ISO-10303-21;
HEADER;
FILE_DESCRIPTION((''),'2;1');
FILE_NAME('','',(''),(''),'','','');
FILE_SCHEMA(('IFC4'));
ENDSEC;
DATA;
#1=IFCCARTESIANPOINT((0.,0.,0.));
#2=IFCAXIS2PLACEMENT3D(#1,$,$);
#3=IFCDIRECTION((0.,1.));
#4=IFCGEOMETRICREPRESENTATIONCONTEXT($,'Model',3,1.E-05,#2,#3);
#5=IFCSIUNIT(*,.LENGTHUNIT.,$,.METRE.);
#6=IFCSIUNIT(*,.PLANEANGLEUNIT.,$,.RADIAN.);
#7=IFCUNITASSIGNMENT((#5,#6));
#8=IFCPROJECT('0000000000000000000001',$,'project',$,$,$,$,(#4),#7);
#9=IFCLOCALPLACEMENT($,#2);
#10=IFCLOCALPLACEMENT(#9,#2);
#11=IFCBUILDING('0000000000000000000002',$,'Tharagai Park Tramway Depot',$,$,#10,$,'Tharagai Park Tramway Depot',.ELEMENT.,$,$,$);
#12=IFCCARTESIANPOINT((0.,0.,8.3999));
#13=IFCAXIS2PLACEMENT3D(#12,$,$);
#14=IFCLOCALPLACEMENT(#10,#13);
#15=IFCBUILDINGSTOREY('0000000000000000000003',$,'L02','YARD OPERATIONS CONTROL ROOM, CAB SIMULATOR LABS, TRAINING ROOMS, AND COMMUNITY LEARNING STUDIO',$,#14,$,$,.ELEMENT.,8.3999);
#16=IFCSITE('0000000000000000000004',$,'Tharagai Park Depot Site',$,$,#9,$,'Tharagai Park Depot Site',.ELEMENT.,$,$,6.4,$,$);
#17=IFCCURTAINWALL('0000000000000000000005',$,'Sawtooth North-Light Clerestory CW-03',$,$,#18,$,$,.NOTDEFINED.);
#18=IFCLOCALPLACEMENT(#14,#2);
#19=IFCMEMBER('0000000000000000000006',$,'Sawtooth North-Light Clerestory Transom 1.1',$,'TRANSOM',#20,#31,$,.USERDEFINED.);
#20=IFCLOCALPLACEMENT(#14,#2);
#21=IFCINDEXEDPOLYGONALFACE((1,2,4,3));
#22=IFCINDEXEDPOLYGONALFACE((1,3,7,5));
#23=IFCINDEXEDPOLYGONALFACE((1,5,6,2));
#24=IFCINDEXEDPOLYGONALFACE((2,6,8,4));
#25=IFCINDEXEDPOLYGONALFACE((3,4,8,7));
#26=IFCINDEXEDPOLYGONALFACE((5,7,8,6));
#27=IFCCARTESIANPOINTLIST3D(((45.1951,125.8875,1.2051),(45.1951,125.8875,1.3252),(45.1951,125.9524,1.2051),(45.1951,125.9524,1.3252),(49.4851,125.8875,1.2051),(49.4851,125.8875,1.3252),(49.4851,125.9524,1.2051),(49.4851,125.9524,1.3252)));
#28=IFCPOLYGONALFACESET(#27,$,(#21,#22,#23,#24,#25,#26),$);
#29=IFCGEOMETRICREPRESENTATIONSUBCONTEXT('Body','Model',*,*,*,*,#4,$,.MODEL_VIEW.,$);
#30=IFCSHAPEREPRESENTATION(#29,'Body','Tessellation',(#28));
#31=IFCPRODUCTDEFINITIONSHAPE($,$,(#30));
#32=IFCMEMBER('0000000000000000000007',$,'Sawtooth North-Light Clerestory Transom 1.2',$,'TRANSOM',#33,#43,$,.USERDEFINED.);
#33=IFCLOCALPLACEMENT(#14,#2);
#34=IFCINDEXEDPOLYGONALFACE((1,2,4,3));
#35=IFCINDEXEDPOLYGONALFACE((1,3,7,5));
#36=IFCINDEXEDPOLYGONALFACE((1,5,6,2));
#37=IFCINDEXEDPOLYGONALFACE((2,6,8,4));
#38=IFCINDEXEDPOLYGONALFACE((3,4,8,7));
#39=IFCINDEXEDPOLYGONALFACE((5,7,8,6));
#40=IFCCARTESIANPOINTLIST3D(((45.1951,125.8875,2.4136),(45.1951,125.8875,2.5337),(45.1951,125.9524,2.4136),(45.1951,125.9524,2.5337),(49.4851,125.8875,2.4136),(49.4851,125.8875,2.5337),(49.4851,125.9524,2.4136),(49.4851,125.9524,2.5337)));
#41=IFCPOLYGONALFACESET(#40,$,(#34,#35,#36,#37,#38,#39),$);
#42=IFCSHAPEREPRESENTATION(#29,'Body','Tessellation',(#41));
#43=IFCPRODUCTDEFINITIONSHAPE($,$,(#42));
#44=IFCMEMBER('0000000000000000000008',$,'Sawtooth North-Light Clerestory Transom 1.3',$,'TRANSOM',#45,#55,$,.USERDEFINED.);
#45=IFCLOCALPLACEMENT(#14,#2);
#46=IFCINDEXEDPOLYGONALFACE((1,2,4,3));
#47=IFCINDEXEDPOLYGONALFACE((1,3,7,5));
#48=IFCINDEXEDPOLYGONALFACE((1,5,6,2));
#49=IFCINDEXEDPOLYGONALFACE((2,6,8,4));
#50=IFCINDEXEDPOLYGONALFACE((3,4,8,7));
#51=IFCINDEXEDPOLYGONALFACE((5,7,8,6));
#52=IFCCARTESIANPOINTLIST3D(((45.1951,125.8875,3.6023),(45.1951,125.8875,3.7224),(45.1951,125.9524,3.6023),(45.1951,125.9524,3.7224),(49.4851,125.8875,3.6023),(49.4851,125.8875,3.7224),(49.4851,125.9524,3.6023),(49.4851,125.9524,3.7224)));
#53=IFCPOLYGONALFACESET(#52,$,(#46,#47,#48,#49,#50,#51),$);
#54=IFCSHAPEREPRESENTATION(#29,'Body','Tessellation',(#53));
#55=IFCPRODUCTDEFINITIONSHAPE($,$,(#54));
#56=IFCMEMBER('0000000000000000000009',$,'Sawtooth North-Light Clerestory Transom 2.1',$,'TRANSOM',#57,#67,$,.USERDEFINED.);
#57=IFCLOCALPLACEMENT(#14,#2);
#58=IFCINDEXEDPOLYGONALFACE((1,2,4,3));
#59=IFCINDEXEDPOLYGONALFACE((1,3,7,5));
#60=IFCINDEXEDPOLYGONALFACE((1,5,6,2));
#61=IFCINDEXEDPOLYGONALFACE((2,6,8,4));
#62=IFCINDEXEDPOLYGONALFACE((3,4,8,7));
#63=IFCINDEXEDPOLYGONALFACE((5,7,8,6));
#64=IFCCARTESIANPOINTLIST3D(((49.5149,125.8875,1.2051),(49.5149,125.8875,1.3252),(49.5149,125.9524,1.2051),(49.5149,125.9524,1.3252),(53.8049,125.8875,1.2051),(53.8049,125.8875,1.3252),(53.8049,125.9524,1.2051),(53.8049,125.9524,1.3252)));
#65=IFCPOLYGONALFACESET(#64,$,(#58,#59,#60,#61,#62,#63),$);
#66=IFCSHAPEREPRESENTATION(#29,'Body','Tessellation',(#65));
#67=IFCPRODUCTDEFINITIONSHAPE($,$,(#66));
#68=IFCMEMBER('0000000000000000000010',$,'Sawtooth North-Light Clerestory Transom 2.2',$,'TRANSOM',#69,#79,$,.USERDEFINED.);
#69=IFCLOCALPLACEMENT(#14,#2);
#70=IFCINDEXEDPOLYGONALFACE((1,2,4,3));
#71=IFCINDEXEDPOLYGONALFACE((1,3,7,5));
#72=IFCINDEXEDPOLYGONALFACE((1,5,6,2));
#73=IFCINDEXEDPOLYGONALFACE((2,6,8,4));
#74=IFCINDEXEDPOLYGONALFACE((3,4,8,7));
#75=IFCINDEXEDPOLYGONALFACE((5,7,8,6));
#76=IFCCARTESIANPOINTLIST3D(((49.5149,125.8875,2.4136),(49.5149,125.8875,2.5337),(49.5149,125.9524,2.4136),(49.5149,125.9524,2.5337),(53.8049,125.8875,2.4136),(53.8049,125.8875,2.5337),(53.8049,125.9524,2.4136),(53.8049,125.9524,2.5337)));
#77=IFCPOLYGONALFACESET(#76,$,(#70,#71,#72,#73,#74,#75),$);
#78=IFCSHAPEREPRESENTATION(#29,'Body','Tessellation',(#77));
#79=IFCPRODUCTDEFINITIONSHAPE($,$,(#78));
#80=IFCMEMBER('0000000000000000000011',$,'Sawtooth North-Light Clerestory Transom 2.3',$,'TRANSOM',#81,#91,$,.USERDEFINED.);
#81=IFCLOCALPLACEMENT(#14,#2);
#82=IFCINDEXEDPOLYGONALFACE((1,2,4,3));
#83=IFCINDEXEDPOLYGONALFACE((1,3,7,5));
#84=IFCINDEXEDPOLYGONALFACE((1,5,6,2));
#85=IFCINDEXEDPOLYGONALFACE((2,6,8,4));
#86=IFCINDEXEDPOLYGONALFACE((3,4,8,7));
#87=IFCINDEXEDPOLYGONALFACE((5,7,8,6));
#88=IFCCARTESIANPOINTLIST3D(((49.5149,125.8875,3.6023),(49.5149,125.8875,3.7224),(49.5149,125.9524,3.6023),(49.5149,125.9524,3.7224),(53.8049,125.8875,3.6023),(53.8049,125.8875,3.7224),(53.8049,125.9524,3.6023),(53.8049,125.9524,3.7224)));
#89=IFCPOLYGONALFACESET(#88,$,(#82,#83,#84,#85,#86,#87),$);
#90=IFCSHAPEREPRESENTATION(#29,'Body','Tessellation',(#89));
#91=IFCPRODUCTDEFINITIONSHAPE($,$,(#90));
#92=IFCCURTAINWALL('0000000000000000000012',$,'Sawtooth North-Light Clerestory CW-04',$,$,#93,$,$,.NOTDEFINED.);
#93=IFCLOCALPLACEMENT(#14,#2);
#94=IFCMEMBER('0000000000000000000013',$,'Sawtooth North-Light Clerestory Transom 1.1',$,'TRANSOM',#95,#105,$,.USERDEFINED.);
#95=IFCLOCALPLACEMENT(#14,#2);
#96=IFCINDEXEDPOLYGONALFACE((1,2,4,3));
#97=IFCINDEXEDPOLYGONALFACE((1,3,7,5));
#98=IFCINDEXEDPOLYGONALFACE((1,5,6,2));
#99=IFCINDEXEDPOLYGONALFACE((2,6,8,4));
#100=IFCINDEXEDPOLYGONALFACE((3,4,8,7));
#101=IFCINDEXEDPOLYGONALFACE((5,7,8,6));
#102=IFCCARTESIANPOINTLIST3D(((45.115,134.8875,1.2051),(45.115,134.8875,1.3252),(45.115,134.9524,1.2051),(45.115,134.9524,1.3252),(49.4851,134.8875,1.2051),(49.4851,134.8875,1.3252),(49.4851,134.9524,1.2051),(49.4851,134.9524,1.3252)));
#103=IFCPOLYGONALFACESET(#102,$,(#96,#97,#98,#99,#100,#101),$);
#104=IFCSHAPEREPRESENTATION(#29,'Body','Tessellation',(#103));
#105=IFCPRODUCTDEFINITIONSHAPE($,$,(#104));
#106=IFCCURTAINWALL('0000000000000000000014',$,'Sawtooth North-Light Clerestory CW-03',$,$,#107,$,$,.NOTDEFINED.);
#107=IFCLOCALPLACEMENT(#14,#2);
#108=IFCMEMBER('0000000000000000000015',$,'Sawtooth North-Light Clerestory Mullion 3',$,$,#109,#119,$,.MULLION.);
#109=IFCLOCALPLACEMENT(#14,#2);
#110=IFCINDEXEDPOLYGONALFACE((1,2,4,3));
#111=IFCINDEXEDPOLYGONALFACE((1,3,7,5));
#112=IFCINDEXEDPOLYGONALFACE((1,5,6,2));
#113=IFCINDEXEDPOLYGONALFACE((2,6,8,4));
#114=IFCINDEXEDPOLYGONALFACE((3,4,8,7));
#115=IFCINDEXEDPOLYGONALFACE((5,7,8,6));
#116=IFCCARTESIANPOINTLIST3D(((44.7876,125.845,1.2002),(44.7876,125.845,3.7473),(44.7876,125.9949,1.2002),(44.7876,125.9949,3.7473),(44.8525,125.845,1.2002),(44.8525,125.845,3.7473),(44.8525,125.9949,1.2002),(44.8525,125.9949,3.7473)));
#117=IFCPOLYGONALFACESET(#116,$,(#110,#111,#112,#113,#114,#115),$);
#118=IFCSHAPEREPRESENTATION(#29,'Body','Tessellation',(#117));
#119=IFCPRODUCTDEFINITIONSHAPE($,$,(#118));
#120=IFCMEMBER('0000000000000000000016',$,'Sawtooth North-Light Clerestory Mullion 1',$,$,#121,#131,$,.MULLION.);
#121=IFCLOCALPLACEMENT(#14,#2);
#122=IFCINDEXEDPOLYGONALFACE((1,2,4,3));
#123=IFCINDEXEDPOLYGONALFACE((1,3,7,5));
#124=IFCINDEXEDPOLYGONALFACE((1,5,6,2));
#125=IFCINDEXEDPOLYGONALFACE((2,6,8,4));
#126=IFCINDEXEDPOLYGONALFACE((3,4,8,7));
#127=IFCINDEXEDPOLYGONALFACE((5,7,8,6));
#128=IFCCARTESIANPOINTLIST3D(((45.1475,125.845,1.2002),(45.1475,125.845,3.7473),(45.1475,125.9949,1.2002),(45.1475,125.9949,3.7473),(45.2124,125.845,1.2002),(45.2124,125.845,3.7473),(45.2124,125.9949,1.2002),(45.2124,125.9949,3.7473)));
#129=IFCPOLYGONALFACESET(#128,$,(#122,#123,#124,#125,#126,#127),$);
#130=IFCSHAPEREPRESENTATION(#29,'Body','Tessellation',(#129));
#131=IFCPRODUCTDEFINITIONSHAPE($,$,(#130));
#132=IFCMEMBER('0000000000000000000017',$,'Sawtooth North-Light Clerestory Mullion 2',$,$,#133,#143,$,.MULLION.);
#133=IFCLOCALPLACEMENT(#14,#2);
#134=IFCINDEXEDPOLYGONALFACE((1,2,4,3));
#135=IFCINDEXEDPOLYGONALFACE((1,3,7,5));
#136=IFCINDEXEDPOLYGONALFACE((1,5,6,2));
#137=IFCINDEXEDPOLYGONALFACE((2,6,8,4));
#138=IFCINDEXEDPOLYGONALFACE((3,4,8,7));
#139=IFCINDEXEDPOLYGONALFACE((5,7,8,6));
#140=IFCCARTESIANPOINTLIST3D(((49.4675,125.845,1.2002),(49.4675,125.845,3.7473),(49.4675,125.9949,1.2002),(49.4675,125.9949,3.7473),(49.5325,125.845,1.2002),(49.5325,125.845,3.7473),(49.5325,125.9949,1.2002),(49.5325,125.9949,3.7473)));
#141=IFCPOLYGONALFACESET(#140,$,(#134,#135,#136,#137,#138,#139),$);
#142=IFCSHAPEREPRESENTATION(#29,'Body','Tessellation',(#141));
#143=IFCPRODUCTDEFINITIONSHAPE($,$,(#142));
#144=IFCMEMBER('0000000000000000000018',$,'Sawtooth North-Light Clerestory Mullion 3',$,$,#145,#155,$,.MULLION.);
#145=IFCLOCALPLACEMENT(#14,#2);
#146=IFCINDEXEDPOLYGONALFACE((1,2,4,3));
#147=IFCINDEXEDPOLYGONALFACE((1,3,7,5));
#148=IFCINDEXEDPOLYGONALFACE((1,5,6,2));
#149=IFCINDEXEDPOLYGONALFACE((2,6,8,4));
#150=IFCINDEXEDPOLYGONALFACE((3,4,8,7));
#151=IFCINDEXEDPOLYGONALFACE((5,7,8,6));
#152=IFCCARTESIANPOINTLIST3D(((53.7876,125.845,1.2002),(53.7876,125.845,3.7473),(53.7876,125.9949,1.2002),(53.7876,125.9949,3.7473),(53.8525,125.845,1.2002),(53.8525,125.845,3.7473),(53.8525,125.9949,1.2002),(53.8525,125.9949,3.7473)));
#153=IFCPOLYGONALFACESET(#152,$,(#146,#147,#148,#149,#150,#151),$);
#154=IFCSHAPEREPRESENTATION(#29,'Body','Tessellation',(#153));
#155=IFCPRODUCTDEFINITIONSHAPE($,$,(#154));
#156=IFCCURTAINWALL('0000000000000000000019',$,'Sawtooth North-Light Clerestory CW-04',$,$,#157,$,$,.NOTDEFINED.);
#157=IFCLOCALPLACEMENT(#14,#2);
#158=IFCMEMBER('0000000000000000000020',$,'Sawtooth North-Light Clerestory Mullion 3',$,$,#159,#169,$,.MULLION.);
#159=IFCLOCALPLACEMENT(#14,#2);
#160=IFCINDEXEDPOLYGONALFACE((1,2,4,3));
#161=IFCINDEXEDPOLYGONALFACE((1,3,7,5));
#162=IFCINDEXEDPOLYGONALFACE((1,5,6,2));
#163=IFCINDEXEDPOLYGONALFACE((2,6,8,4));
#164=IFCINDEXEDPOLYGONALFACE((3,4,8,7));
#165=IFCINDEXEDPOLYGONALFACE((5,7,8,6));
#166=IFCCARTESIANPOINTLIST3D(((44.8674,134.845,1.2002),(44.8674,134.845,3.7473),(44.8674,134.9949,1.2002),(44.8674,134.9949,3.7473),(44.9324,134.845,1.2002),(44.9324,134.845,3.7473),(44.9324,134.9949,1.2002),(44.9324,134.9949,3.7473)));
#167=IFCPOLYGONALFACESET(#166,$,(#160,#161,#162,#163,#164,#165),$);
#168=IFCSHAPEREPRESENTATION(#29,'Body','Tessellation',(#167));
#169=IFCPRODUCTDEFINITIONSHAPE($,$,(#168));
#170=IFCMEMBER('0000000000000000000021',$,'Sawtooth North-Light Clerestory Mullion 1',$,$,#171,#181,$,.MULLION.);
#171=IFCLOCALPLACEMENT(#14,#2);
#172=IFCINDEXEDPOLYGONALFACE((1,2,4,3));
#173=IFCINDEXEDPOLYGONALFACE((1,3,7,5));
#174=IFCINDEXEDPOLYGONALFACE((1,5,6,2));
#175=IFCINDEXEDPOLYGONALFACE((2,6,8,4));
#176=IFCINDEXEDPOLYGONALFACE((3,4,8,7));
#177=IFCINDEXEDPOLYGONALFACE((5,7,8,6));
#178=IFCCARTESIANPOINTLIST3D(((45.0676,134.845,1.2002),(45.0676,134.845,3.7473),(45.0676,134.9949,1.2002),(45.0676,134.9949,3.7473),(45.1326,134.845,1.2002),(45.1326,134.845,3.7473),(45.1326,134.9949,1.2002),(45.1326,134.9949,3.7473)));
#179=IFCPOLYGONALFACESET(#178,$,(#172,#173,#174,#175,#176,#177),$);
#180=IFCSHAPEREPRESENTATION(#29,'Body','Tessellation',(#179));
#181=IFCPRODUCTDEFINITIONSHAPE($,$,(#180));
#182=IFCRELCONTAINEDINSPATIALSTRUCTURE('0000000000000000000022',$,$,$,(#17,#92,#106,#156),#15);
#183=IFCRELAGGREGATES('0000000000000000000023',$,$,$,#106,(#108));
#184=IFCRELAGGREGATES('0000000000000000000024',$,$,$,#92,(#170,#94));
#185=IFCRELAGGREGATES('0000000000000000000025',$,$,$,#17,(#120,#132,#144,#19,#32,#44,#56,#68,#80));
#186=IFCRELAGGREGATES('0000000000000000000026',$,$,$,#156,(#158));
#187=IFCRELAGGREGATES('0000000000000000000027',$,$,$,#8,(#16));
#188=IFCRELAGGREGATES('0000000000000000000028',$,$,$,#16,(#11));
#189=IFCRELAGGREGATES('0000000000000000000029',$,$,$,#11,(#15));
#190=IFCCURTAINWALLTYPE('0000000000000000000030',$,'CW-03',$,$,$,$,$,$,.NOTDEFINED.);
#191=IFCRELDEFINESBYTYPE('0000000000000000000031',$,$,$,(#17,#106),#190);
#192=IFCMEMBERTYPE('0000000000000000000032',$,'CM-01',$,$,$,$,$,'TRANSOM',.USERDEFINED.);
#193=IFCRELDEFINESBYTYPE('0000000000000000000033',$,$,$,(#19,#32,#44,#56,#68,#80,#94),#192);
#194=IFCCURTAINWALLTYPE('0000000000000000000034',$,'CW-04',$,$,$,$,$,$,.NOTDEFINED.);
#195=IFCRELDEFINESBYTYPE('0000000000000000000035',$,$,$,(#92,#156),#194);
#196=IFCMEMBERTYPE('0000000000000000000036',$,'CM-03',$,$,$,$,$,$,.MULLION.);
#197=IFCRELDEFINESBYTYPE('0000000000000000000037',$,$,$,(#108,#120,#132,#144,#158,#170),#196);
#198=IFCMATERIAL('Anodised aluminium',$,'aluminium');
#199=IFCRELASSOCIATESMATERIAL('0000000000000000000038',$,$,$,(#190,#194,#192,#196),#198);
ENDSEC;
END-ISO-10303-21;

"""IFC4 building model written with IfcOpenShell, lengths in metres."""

from ifc_helpers import new_model, si_unit, direction, frame, origin, origin_2d, place, context, subcontext, project, spatial, rectangle, extrude, material, material_profile, profile_set, type_object, element, aggregate, save


model = new_model("IFC4")

# Units and contexts
model_context = context("Model", 3, precision=1e-05, world=origin(), true_north=direction((0.0, 1.0)))
body_context = subcontext(model_context, "Body", "Model", "MODEL_VIEW")
ifc_project = project(units=[si_unit("LENGTHUNIT", "METRE"), si_unit("PLANEANGLEUNIT", "RADIAN")], contexts=[model_context])

# Site, building, storey
site_placement = place(None, origin())
site = spatial("IfcSite", under=ifc_project, at=site_placement, Name="Tharagai Park Depot Site", LongName="Tharagai Park Depot Site", CompositionType="ELEMENT", RefElevation=6.4)
building_placement = place(site_placement, origin())
building = spatial("IfcBuilding", under=site, at=building_placement, Name="Tharagai Park Tramway Depot", LongName="Tharagai Park Tramway Depot", CompositionType="ELEMENT")
storey_placement = place(building_placement, frame((0.0, 0.0, 8.3999)))
storey = spatial("IfcBuildingStorey", under=building, at=storey_placement, Name="L02", Description="YARD OPERATIONS CONTROL ROOM, CAB SIMULATOR LABS, TRAINING ROOMS, AND COMMUNITY LEARNING STUDIO", CompositionType="ELEMENT", Elevation=8.3999)

# Curtain wall, members
ifc_material_1 = material(Name="Anodised aluminium", Category="aluminium")
curtain_wall_type_1 = type_object("IfcCurtainWallType", Name="CW-03", PredefinedType="NOTDEFINED", material=ifc_material_1)
curtain_wall_1_placement = place(storey_placement, origin())
curtain_wall_1 = element("IfcCurtainWall", 1, at=curtain_wall_1_placement, inside=storey, type_object=curtain_wall_type_1, Name="Sawtooth North-Light Clerestory CW-03", PredefinedType="NOTDEFINED")
ifc_material_profile_1 = material_profile(ifc_material_1, rectangle(XDim=0.0649, YDim=0.1201, at=origin_2d()), Name="ALU 65x120")
ifc_profile_set_1 = profile_set([ifc_material_profile_1], Name="Anodised aluminium")
member_type_1 = type_object("IfcMemberType", Name="CM-01", ElementType="TRANSOM", PredefinedType="USERDEFINED", material=ifc_profile_set_1)
member_1_placement = place(storey_placement, frame((45.1951, 125.9199, 1.2651), z_axis=(1.0, 0.0, 0.0), x_axis=(0.0, 1.0, 0.0)))
member_1 = element("IfcMember", 2, at=member_1_placement, type_object=member_type_1, Name="Sawtooth North-Light Clerestory Transom 1.1", ObjectType="TRANSOM", PredefinedType="USERDEFINED", context=body_context, shape_type="SweptSolid", body=[
    extrude(rectangle(XDim=0.0649, YDim=0.1201, at=origin_2d()), origin(), (0.0, 0.0, 1.0), 4.29),
])
member_2_placement = place(storey_placement, frame((45.1951, 125.9199, 2.4736), z_axis=(1.0, 0.0, 0.0), x_axis=(0.0, 1.0, 0.0)))
member_2 = element("IfcMember", 3, at=member_2_placement, type_object=member_type_1, Name="Sawtooth North-Light Clerestory Transom 1.2", ObjectType="TRANSOM", PredefinedType="USERDEFINED", context=body_context, shape_type="SweptSolid", body=[
    extrude(rectangle(XDim=0.0649, YDim=0.1201, at=origin_2d()), origin(), (0.0, 0.0, 1.0), 4.29),
])
member_3_placement = place(storey_placement, frame((45.1951, 125.9199, 3.6624), z_axis=(1.0, 0.0, 0.0), x_axis=(0.0, 1.0, 0.0)))
member_3 = element("IfcMember", 4, at=member_3_placement, type_object=member_type_1, Name="Sawtooth North-Light Clerestory Transom 1.3", ObjectType="TRANSOM", PredefinedType="USERDEFINED", context=body_context, shape_type="SweptSolid", body=[
    extrude(rectangle(XDim=0.0649, YDim=0.1201, at=origin_2d()), origin(), (0.0, 0.0, 1.0), 4.29),
])
member_4_placement = place(storey_placement, frame((49.5149, 125.9199, 1.2651), z_axis=(1.0, 0.0, 0.0), x_axis=(0.0, 1.0, 0.0)))
member_4 = element("IfcMember", 5, at=member_4_placement, type_object=member_type_1, Name="Sawtooth North-Light Clerestory Transom 2.1", ObjectType="TRANSOM", PredefinedType="USERDEFINED", context=body_context, shape_type="SweptSolid", body=[
    extrude(rectangle(XDim=0.0649, YDim=0.1201, at=origin_2d()), origin(), (0.0, 0.0, 1.0), 4.29),
])
member_5_placement = place(storey_placement, frame((49.5149, 125.9199, 2.4736), z_axis=(1.0, 0.0, 0.0), x_axis=(0.0, 1.0, 0.0)))
member_5 = element("IfcMember", 6, at=member_5_placement, type_object=member_type_1, Name="Sawtooth North-Light Clerestory Transom 2.2", ObjectType="TRANSOM", PredefinedType="USERDEFINED", context=body_context, shape_type="SweptSolid", body=[
    extrude(rectangle(XDim=0.0649, YDim=0.1201, at=origin_2d()), origin(), (0.0, 0.0, 1.0), 4.29),
])
member_6_placement = place(storey_placement, frame((49.5149, 125.9199, 3.6624), z_axis=(1.0, 0.0, 0.0), x_axis=(0.0, 1.0, 0.0)))
member_6 = element("IfcMember", 7, at=member_6_placement, type_object=member_type_1, Name="Sawtooth North-Light Clerestory Transom 2.3", ObjectType="TRANSOM", PredefinedType="USERDEFINED", context=body_context, shape_type="SweptSolid", body=[
    extrude(rectangle(XDim=0.0649, YDim=0.1201, at=origin_2d()), origin(), (0.0, 0.0, 1.0), 4.29),
])

# Curtain walls, members
curtain_wall_type_2 = type_object("IfcCurtainWallType", Name="CW-04", PredefinedType="NOTDEFINED", material=ifc_material_1)
curtain_wall_2_placement = place(storey_placement, origin())
curtain_wall_2 = element("IfcCurtainWall", 8, at=curtain_wall_2_placement, inside=storey, type_object=curtain_wall_type_2, Name="Sawtooth North-Light Clerestory CW-04", PredefinedType="NOTDEFINED")
member_7_placement = place(storey_placement, frame((45.115, 134.9199, 1.2651), z_axis=(1.0, 0.0, 0.0), x_axis=(0.0, 1.0, 0.0)))
member_7 = element("IfcMember", 9, at=member_7_placement, type_object=member_type_1, Name="Sawtooth North-Light Clerestory Transom 1.1", ObjectType="TRANSOM", PredefinedType="USERDEFINED", context=body_context, shape_type="SweptSolid", body=[
    extrude(rectangle(XDim=0.0649, YDim=0.1201, at=origin_2d()), origin(), (0.0, 0.0, 1.0), 4.3701),
])
curtain_wall_3_placement = place(storey_placement, origin())
curtain_wall_3 = element("IfcCurtainWall", 10, at=curtain_wall_3_placement, inside=storey, type_object=curtain_wall_type_1, Name="Sawtooth North-Light Clerestory CW-03", PredefinedType="NOTDEFINED")
ifc_material_profile_2 = material_profile(ifc_material_1, rectangle(XDim=0.0649, YDim=0.1499, at=origin_2d()), Name="ALU 65x150")
ifc_profile_set_2 = profile_set([ifc_material_profile_2], Name="Anodised aluminium")
member_type_2 = type_object("IfcMemberType", Name="CM-03", PredefinedType="MULLION", material=ifc_profile_set_2)
member_8_placement = place(storey_placement, frame((44.8201, 125.9199, 1.2002), z_axis=(0.0, 0.0, 1.0), x_axis=(1.0, 0.0, 0.0)))
member_8 = element("IfcMember", 11, at=member_8_placement, type_object=member_type_2, Name="Sawtooth North-Light Clerestory Mullion 3", PredefinedType="MULLION", context=body_context, shape_type="SweptSolid", body=[
    extrude(rectangle(XDim=0.0649, YDim=0.1499, at=origin_2d()), origin(), (0.0, 0.0, 1.0), 2.5471),
])
aggregate(curtain_wall_3, [member_8])

# Members
member_9_placement = place(storey_placement, frame((45.1799, 125.9199, 1.2002), z_axis=(0.0, 0.0, 1.0), x_axis=(1.0, 0.0, 0.0)))
member_9 = element("IfcMember", 12, at=member_9_placement, type_object=member_type_2, Name="Sawtooth North-Light Clerestory Mullion 1", PredefinedType="MULLION", context=body_context, shape_type="SweptSolid", body=[
    extrude(rectangle(XDim=0.0649, YDim=0.1499, at=origin_2d()), origin(), (0.0, 0.0, 1.0), 2.5471),
])
member_10_placement = place(storey_placement, frame((49.5, 125.9199, 1.2002), z_axis=(0.0, 0.0, 1.0), x_axis=(1.0, 0.0, 0.0)))
member_10 = element("IfcMember", 13, at=member_10_placement, type_object=member_type_2, Name="Sawtooth North-Light Clerestory Mullion 2", PredefinedType="MULLION", context=body_context, shape_type="SweptSolid", body=[
    extrude(rectangle(XDim=0.0649, YDim=0.1499, at=origin_2d()), origin(), (0.0, 0.0, 1.0), 2.5471),
])
member_11_placement = place(storey_placement, frame((53.8201, 125.9199, 1.2002), z_axis=(0.0, 0.0, 1.0), x_axis=(1.0, 0.0, 0.0)))
member_11 = element("IfcMember", 14, at=member_11_placement, type_object=member_type_2, Name="Sawtooth North-Light Clerestory Mullion 3", PredefinedType="MULLION", context=body_context, shape_type="SweptSolid", body=[
    extrude(rectangle(XDim=0.0649, YDim=0.1499, at=origin_2d()), origin(), (0.0, 0.0, 1.0), 2.5471),
])

# Curtain wall, member
curtain_wall_4_placement = place(storey_placement, origin())
curtain_wall_4 = element("IfcCurtainWall", 15, at=curtain_wall_4_placement, inside=storey, type_object=curtain_wall_type_2, Name="Sawtooth North-Light Clerestory CW-04", PredefinedType="NOTDEFINED")
member_12_placement = place(storey_placement, frame((44.8999, 134.9199, 1.2002), z_axis=(0.0, 0.0, 1.0), x_axis=(1.0, 0.0, 0.0)))
member_12 = element("IfcMember", 16, at=member_12_placement, type_object=member_type_2, Name="Sawtooth North-Light Clerestory Mullion 3", PredefinedType="MULLION", context=body_context, shape_type="SweptSolid", body=[
    extrude(rectangle(XDim=0.0649, YDim=0.1499, at=origin_2d()), origin(), (0.0, 0.0, 1.0), 2.5471),
])

# Member
member_13_placement = place(storey_placement, frame((45.1001, 134.9199, 1.2002), z_axis=(0.0, 0.0, 1.0), x_axis=(1.0, 0.0, 0.0)))
member_13 = element("IfcMember", 17, at=member_13_placement, type_object=member_type_2, Name="Sawtooth North-Light Clerestory Mullion 1", PredefinedType="MULLION", context=body_context, shape_type="SweptSolid", body=[
    extrude(rectangle(XDim=0.0649, YDim=0.1499, at=origin_2d()), origin(), (0.0, 0.0, 1.0), 2.5471),
])
aggregate(curtain_wall_2, [member_13, member_7])

aggregate(curtain_wall_1, [member_9, member_10, member_11, member_1, member_2, member_3, member_4, member_5, member_6])
aggregate(curtain_wall_4, [member_12])

save(model, "model.ifc")
